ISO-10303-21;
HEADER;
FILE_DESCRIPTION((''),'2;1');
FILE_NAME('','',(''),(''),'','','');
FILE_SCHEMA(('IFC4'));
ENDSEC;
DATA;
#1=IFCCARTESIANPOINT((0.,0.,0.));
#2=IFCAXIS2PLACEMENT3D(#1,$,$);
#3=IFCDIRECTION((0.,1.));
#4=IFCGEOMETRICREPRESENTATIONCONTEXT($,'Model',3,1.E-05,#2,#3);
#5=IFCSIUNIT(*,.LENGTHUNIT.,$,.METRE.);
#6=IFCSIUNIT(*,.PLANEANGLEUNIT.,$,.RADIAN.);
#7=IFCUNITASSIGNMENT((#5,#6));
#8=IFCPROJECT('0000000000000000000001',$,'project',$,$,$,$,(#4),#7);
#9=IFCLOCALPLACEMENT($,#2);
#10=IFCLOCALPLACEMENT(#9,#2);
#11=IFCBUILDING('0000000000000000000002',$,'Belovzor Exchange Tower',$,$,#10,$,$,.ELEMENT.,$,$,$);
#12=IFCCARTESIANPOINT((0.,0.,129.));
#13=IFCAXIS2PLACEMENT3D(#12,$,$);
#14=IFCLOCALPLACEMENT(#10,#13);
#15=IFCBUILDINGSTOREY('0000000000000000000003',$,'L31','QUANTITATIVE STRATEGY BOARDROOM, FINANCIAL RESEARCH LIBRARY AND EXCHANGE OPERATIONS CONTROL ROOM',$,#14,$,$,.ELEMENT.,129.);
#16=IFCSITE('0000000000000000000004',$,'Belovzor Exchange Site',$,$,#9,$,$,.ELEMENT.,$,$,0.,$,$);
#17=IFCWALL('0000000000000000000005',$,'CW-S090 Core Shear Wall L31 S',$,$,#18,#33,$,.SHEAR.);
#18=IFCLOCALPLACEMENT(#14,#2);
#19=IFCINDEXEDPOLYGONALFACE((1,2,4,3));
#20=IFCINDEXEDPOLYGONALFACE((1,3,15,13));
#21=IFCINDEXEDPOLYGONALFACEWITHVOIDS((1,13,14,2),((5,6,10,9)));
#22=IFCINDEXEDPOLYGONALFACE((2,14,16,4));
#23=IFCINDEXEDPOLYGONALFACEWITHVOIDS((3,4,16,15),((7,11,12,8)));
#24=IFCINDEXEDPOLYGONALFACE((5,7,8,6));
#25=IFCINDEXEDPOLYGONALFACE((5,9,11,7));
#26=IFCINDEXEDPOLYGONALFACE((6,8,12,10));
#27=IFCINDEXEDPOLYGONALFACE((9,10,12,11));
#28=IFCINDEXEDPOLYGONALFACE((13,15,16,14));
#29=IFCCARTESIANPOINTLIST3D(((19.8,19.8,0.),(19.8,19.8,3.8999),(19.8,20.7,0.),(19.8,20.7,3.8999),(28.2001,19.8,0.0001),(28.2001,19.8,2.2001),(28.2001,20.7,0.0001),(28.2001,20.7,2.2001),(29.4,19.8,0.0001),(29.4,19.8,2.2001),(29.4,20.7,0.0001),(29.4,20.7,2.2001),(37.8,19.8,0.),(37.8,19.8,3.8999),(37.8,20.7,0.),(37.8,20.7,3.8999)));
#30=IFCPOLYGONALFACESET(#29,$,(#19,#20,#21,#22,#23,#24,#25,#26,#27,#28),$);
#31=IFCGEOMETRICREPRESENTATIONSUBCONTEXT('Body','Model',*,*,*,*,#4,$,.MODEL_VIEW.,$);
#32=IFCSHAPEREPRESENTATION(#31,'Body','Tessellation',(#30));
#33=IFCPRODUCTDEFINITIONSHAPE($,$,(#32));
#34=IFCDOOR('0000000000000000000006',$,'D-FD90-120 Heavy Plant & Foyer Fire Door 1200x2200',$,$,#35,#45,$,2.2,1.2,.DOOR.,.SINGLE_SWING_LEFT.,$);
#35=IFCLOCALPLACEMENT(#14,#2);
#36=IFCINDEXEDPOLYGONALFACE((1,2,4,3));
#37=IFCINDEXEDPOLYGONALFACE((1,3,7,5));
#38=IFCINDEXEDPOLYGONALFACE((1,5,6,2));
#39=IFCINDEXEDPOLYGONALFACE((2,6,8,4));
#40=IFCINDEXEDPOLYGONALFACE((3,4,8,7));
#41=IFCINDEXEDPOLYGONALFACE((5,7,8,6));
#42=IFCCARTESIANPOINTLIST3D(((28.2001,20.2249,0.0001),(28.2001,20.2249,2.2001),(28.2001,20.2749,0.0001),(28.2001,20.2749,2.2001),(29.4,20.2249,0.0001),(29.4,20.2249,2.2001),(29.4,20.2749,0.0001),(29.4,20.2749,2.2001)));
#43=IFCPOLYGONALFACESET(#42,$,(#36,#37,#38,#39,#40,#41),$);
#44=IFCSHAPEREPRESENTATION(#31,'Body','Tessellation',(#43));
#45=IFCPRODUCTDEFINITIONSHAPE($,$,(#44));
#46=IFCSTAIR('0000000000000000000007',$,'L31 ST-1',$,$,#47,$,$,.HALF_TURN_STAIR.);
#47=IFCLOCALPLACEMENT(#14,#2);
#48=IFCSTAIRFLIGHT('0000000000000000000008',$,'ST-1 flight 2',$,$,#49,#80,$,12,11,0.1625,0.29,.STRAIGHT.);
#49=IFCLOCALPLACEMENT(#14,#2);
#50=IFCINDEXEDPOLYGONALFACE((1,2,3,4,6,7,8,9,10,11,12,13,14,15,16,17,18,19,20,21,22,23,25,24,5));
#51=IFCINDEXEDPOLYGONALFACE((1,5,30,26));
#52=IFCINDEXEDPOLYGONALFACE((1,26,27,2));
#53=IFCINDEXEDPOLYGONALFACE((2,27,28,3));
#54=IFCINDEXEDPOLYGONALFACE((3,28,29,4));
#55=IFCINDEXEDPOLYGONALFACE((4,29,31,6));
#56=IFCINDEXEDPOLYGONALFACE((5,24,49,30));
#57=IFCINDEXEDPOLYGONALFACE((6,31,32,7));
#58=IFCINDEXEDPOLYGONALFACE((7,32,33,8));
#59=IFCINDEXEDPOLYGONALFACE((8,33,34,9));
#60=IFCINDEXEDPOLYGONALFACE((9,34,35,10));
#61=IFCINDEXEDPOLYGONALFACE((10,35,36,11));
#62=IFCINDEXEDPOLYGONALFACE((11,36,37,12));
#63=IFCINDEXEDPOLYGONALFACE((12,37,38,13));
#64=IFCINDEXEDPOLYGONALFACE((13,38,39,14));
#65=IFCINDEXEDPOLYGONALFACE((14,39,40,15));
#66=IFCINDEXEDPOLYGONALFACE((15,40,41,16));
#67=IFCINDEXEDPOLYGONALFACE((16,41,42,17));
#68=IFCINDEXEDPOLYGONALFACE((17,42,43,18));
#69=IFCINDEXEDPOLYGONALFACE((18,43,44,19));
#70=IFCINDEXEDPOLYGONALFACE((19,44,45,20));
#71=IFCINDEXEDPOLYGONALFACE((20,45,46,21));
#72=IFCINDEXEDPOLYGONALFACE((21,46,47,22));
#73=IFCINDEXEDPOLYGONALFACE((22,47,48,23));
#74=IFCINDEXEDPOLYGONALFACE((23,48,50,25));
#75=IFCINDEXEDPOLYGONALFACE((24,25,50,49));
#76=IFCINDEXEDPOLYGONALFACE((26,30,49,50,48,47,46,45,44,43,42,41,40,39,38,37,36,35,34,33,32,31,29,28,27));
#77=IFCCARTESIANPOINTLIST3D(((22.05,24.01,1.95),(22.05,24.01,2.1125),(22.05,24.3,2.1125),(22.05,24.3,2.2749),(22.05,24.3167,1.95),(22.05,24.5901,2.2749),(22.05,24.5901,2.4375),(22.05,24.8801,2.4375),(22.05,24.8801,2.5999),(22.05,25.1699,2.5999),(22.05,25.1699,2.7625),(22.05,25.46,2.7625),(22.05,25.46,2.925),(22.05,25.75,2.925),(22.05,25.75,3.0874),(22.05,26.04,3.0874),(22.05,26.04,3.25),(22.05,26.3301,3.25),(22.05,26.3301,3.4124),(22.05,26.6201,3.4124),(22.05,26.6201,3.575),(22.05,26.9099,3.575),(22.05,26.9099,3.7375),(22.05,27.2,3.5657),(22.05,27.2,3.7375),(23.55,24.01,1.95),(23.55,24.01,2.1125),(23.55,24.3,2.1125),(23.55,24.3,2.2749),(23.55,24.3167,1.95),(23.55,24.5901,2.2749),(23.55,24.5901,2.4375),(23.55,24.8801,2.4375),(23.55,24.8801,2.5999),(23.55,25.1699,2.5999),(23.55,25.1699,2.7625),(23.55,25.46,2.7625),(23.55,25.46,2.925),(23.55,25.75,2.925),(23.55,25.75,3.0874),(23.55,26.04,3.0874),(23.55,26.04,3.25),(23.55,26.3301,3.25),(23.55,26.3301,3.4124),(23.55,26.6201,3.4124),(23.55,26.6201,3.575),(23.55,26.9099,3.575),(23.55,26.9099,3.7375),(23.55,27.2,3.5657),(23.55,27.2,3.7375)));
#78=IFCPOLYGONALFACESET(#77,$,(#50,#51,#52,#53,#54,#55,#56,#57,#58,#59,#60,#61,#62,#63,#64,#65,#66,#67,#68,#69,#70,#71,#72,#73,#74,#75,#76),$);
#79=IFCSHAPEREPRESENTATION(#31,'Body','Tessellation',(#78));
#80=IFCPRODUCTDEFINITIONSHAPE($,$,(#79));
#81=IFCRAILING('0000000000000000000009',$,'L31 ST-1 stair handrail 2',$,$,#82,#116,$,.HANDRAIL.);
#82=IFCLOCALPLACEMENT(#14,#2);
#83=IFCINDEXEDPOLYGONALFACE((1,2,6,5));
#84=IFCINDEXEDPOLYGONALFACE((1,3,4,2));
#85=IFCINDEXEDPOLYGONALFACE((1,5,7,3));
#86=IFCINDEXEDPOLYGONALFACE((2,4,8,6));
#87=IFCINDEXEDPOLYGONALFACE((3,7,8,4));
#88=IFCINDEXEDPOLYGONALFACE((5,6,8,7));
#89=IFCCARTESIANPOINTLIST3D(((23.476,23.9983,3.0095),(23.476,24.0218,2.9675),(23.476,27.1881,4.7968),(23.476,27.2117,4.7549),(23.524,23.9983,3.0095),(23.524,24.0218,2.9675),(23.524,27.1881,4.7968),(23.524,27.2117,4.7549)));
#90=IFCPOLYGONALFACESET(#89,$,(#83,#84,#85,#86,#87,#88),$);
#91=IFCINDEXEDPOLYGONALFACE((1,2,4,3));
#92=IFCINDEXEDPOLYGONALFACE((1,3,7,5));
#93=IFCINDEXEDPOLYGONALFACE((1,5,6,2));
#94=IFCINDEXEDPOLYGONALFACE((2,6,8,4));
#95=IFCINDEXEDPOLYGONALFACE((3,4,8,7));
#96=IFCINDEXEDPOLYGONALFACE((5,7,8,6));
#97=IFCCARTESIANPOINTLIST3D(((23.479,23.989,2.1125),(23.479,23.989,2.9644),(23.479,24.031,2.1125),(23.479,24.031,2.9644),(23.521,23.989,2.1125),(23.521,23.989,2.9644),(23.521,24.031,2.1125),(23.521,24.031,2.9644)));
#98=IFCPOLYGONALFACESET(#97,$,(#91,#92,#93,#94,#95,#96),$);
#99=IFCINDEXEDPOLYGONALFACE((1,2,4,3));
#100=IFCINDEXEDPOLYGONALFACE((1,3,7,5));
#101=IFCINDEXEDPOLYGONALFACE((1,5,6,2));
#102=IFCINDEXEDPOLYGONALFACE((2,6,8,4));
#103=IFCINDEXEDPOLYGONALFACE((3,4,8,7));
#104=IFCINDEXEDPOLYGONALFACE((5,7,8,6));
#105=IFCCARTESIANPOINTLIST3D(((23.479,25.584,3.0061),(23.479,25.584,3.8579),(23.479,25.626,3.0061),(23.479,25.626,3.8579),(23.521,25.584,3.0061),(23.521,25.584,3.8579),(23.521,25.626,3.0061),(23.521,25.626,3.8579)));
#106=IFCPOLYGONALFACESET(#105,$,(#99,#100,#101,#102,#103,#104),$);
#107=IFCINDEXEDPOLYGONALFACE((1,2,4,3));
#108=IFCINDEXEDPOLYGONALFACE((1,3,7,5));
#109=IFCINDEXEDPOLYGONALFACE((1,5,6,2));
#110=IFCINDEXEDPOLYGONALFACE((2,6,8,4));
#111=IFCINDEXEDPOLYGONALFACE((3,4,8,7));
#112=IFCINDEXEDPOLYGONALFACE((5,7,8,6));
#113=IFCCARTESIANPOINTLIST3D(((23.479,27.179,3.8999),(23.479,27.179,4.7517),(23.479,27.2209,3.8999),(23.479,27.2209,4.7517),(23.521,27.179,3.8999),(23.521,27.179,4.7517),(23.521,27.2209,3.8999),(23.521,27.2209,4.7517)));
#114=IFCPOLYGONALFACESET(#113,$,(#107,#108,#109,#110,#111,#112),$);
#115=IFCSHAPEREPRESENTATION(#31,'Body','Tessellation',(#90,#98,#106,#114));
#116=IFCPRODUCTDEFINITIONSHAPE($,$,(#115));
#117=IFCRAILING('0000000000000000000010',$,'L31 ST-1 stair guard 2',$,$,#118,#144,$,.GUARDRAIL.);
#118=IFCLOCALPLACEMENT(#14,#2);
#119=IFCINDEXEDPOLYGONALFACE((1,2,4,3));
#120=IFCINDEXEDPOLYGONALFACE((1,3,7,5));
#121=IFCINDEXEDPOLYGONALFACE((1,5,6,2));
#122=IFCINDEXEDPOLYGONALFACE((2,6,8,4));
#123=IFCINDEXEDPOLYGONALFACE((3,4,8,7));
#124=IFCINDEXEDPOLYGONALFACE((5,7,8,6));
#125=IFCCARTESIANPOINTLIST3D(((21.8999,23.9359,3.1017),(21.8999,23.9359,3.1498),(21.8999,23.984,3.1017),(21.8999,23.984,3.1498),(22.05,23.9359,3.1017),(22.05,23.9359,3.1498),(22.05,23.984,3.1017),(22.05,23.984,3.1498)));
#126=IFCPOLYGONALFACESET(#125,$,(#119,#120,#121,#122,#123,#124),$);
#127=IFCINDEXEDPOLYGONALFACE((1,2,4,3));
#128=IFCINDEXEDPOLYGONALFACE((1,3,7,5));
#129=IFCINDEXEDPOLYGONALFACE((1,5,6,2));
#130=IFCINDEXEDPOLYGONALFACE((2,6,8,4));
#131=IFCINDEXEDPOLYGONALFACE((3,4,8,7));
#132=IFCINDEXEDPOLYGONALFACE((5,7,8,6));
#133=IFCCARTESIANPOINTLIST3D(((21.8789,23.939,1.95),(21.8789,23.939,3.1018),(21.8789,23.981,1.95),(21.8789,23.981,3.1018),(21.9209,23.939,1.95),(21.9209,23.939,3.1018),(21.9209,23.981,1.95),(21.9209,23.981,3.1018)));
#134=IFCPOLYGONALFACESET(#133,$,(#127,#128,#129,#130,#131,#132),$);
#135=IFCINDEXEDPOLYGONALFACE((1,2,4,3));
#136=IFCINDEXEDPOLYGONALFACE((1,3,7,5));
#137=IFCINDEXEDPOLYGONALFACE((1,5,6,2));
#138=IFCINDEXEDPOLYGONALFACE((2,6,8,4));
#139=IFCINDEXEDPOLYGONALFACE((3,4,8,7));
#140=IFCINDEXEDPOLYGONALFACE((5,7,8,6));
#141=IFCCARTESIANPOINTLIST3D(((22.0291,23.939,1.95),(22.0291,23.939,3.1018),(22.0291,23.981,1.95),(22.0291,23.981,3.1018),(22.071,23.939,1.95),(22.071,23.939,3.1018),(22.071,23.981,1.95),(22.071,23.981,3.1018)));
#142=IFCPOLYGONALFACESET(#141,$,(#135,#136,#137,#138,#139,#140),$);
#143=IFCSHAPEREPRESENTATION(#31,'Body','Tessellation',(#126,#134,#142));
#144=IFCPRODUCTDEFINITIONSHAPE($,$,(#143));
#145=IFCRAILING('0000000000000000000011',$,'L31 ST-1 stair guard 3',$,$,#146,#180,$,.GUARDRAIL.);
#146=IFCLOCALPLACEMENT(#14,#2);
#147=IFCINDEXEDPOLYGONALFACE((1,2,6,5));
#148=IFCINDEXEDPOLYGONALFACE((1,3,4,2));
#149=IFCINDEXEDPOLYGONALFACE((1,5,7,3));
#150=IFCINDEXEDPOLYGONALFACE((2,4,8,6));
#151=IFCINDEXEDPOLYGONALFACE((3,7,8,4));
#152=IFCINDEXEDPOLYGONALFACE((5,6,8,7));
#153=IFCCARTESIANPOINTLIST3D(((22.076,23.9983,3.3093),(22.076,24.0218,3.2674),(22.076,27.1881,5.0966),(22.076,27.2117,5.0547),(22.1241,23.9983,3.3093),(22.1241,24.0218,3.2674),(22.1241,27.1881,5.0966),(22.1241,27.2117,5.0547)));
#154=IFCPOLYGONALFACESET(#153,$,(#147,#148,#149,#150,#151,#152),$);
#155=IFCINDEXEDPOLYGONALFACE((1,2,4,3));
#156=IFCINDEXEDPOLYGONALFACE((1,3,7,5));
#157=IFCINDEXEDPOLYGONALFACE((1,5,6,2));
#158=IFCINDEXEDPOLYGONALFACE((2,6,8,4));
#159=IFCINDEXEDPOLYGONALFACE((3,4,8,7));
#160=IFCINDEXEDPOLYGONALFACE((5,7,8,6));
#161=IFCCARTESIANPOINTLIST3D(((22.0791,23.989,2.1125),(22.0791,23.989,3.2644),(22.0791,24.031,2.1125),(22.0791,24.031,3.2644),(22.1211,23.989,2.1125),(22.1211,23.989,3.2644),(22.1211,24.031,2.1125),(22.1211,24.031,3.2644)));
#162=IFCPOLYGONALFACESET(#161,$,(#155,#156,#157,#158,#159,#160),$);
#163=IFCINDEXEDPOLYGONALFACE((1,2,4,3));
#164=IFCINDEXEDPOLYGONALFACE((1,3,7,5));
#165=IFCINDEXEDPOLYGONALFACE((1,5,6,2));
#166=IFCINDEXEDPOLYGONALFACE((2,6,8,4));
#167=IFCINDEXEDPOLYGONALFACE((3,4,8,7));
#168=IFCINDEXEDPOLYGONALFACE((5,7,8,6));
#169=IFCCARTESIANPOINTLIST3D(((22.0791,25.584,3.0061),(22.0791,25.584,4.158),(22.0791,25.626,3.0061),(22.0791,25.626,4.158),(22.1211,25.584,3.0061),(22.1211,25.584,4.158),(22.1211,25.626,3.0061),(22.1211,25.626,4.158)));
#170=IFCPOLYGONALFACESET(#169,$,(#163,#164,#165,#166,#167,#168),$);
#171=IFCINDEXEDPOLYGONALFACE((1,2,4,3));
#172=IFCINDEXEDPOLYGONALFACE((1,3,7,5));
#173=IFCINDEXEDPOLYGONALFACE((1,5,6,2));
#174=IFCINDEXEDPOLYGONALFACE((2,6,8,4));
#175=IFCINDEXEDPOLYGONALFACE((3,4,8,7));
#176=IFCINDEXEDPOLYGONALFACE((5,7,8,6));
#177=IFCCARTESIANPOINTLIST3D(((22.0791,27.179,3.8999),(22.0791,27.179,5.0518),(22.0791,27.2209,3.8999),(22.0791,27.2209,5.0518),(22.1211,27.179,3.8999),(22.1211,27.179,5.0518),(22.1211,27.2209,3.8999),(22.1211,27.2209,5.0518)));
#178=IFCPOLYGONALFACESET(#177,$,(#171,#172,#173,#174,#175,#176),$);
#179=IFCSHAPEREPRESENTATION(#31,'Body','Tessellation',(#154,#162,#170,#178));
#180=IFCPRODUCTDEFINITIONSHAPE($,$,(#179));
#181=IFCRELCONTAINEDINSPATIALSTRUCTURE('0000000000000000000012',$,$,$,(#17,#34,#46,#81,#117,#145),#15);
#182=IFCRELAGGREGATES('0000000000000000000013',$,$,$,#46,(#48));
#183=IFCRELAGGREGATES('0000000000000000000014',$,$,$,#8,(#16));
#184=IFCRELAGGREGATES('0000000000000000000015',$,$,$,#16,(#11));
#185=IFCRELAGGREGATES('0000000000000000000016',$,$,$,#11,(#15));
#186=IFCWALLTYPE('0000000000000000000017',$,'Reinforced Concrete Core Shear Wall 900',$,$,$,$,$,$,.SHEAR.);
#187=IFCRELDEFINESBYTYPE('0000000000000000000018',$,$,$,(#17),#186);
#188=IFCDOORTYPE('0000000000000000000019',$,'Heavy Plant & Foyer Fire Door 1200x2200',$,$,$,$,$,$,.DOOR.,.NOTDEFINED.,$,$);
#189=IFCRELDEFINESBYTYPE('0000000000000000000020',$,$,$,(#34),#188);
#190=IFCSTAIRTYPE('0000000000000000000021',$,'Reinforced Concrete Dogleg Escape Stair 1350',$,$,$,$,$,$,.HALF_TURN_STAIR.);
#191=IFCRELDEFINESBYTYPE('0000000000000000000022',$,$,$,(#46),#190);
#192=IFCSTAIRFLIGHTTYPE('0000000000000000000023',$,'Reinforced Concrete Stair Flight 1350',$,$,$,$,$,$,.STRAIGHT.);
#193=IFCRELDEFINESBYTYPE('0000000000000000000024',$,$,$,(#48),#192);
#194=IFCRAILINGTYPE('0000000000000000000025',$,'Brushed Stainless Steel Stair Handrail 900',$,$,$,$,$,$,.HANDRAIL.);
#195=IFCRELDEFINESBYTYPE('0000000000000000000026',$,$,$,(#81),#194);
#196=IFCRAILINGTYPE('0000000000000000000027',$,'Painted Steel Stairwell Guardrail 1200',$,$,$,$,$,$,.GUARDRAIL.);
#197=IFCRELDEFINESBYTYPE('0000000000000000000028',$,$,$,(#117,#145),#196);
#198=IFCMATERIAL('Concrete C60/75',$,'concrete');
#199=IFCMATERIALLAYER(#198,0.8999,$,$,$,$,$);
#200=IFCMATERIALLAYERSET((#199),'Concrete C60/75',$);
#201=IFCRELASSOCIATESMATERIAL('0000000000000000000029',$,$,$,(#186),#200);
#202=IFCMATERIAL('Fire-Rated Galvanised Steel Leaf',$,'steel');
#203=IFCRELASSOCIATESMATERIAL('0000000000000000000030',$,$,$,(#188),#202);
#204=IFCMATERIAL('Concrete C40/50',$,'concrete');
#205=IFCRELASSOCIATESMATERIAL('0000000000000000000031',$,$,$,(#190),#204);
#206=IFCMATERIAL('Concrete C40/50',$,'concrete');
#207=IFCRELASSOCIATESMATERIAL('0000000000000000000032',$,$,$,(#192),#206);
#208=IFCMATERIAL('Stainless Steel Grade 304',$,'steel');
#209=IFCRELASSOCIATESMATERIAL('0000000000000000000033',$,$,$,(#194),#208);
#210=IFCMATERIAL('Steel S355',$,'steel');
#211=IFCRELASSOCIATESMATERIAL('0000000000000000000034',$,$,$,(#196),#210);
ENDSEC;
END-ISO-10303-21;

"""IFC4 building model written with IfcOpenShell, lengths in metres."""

from ifc_helpers import new_model, si_unit, direction, frame, frame_2d, origin, origin_2d, place, context, subcontext, project, spatial, polyline, rectangle, outline, extrude, material, layer, layer_set, type_object, element, fill, aggregate, save


model = new_model("IFC4")

# Units and contexts
model_context = context("Model", 3, precision=1e-05, world=origin(), true_north=direction((0.0, 1.0)))
body_context = subcontext(model_context, "Body", "Model", "MODEL_VIEW")
ifc_project = project(units=[si_unit("LENGTHUNIT", "METRE"), si_unit("PLANEANGLEUNIT", "RADIAN")], contexts=[model_context])

# Site, building, storey
site_placement = place(None, origin())
site = spatial("IfcSite", under=ifc_project, at=site_placement, Name="Belovzor Exchange Site", CompositionType="ELEMENT", RefElevation=0.0)
building_placement = place(site_placement, origin())
building = spatial("IfcBuilding", under=site, at=building_placement, Name="Belovzor Exchange Tower", CompositionType="ELEMENT")
storey_placement = place(building_placement, frame((0.0, 0.0, 129.0)))
storey = spatial("IfcBuildingStorey", under=building, at=storey_placement, Name="L31", Description="QUANTITATIVE STRATEGY BOARDROOM, FINANCIAL RESEARCH LIBRARY AND EXCHANGE OPERATIONS CONTROL ROOM", CompositionType="ELEMENT", Elevation=129.0)

# Wall, opening, door
ifc_material_1 = material(Name="Concrete C60/75", Category="concrete")
ifc_layer_1 = layer(ifc_material_1, 0.8999)
ifc_layer_set_1 = layer_set([ifc_layer_1], Name="Concrete C60/75")
wall_type_1 = type_object("IfcWallType", Name="Reinforced Concrete Core Shear Wall 900", PredefinedType="SHEAR", material=ifc_layer_set_1)
wall_1_placement = place(storey_placement, frame((19.8, 20.25, 0.0), z_axis=(0.0, 0.0, 1.0), x_axis=(1.0, 0.0, 0.0)))
wall_1 = element("IfcWall", 1, at=wall_1_placement, inside=storey, type_object=wall_type_1, Name="CW-S090 Core Shear Wall L31 S", PredefinedType="SHEAR", context=body_context, shape_type="SweptSolid", body=[
    extrude(rectangle(XDim=18.0, YDim=0.8999, at=frame_2d((9.0, 0.0))), origin(), (0.0, 0.0, 1.0), 3.8999),
])
opening_1_placement = place(wall_1_placement, frame((8.3999, 0.0, 0.0)))
opening_1 = element("IfcOpeningElement", 2, at=opening_1_placement, cuts=wall_1, PredefinedType="OPENING", context=body_context, shape_type="SweptSolid", body=[
    extrude(rectangle(XDim=1.2, YDim=2.2, at=frame_2d((0.6001, 1.1001))), frame((0.0, 0.46, 0.0), z_axis=(0.0, -1.0, 0.0), x_axis=(1.0, 0.0, 0.0)), (0.0, 0.0, 1.0), 0.9199),
])
ifc_material_2 = material(Name="Fire-Rated Galvanised Steel Leaf", Category="steel")
door_type_1 = type_object("IfcDoorType", Name="Heavy Plant & Foyer Fire Door 1200x2200", OperationType="NOTDEFINED", PredefinedType="DOOR", material=ifc_material_2)
door_1_placement = place(opening_1_placement, origin())
door_1 = element("IfcDoor", 3, at=door_1_placement, inside=storey, type_object=door_type_1, Name="D-FD90-120 Heavy Plant & Foyer Fire Door 1200x2200", OperationType="SINGLE_SWING_LEFT", OverallHeight=2.2, OverallWidth=1.2, PredefinedType="DOOR", context=body_context, shape_type="SweptSolid", body=[
    extrude(rectangle(XDim=1.2, YDim=2.2, at=frame_2d((0.6001, 1.1001))), frame((0.0, 0.0249, 0.0), z_axis=(0.0, -1.0, 0.0), x_axis=(1.0, 0.0, 0.0)), (0.0, 0.0, 1.0), 0.05),
])
fill(opening_1, door_1)

# Stair, stair flight
ifc_material_3 = material(Name="Concrete C40/50", Category="concrete")
stair_type = type_object("IfcStairType", Name="Reinforced Concrete Dogleg Escape Stair 1350", PredefinedType="HALF_TURN_STAIR", material=ifc_material_3)
stair_placement = place(storey_placement, origin())
stair = element("IfcStair", 4, at=stair_placement, inside=storey, type_object=stair_type, Name="L31 ST-1", PredefinedType="HALF_TURN_STAIR")
ifc_material_4 = material(Name="Concrete C40/50", Category="concrete")
stair_flight_type = type_object("IfcStairFlightType", Name="Reinforced Concrete Stair Flight 1350", PredefinedType="STRAIGHT", material=ifc_material_4)
stair_flight_placement = place(storey_placement, frame((22.8, 24.01, 1.95), z_axis=(0.0, 0.0, 1.0), x_axis=(0.0, 1.0, 0.0)))
stair_flight = element("IfcStairFlight", 5, at=stair_flight_placement, type_object=stair_flight_type, Name="ST-1 flight 2", NumberOfRisers=12, NumberOfTreads=11, PredefinedType="STRAIGHT", RiserHeight=0.1625, TreadLength=0.29, context=body_context, shape_type="SweptSolid", body=[
    extrude(outline(polyline([(0.0, 0.0), (0.0, 0.1626), (0.29, 0.1626), (0.29, 0.325), (0.5801, 0.325), (0.5801, 0.4875), (0.8701, 0.4875), (0.8701, 0.6499), (1.1599, 0.6499), (1.1599, 0.8125), (1.45, 0.8125), (1.45, 0.9751), (1.74, 0.9751), (1.74, 1.1375), (2.03, 1.1375), (2.03, 1.3), (2.3201, 1.3), (2.3201, 1.4624), (2.6101, 1.4624), (2.6101, 1.625), (2.8999, 1.625), (2.8999, 1.7876), (3.1899, 1.7876), (3.1899, 1.95), (3.1899, 1.6157), (0.3066, 0.0), (0.0, 0.0)])), frame((0.0, 0.75, 0.0), z_axis=(0.0, -1.0, 0.0), x_axis=(1.0, 0.0, 0.0)), (0.0, 0.0, 1.0), 1.5),
])
aggregate(stair, [stair_flight])

# Railings
ifc_material_5 = material(Name="Stainless Steel Grade 304", Category="steel")
railing_type_1 = type_object("IfcRailingType", Name="Brushed Stainless Steel Stair Handrail 900", PredefinedType="HANDRAIL", material=ifc_material_5)
railing_1_placement = place(storey_placement, frame((23.5, 24.01, 2.1125)))
element("IfcRailing", 6, at=railing_1_placement, inside=storey, type_object=railing_type_1, Name="L31 ST-1 stair handrail 2", PredefinedType="HANDRAIL", context=body_context, shape_type="SweptSolid", body=[
    extrude(rectangle(XDim=0.0481, YDim=0.0481, at=origin_2d()), frame((0.0, 0.0, 0.876), z_axis=(0.0, 0.872391, 0.488809), x_axis=(-1.0, 0.0, 0.0)), (0.0, 0.0, 1.0), 3.6565),
    extrude(rectangle(XDim=0.042, YDim=0.042, at=origin_2d()), origin(), (0.0, 0.0, 1.0), 0.8518),
    extrude(rectangle(XDim=0.042, YDim=0.042, at=origin_2d()), frame((0.0, 1.595, 0.8936)), (0.0, 0.0, 1.0), 0.8518),
    extrude(rectangle(XDim=0.042, YDim=0.042, at=origin_2d()), frame((0.0, 3.1899, 1.7874)), (0.0, 0.0, 1.0), 0.8518),
])
ifc_material_6 = material(Name="Steel S355", Category="steel")
railing_type_2 = type_object("IfcRailingType", Name="Painted Steel Stairwell Guardrail 1200", PredefinedType="GUARDRAIL", material=ifc_material_6)
railing_2_placement = place(storey_placement, frame((21.8999, 23.96, 1.95)))
element("IfcRailing", 7, at=railing_2_placement, inside=storey, type_object=railing_type_2, Name="L31 ST-1 stair guard 2", PredefinedType="GUARDRAIL", context=body_context, shape_type="SweptSolid", body=[
    extrude(rectangle(XDim=0.0481, YDim=0.0481, at=origin_2d()), frame((0.0, 0.0, 1.1758), z_axis=(1.0, 0.0, 0.0), x_axis=(0.0, 1.0, 0.0)), (0.0, 0.0, 1.0), 0.1501),
    extrude(rectangle(XDim=0.042, YDim=0.042, at=origin_2d()), origin(), (0.0, 0.0, 1.0), 1.1519),
    extrude(rectangle(XDim=0.042, YDim=0.042, at=origin_2d()), frame((0.1501, 0.0, 0.0)), (0.0, 0.0, 1.0), 1.1519),
])
railing_3_placement = place(storey_placement, frame((22.1001, 24.01, 2.1125)))
element("IfcRailing", 8, at=railing_3_placement, inside=storey, type_object=railing_type_2, Name="L31 ST-1 stair guard 3", PredefinedType="GUARDRAIL", context=body_context, shape_type="SweptSolid", body=[
    extrude(rectangle(XDim=0.0481, YDim=0.0481, at=origin_2d()), frame((0.0, 0.0, 1.1758), z_axis=(0.0, 0.872391, 0.488809), x_axis=(-1.0, 0.0, 0.0)), (0.0, 0.0, 1.0), 3.6565),
    extrude(rectangle(XDim=0.042, YDim=0.042, at=origin_2d()), origin(), (0.0, 0.0, 1.0), 1.1519),
    extrude(rectangle(XDim=0.042, YDim=0.042, at=origin_2d()), frame((0.0, 1.595, 0.8936)), (0.0, 0.0, 1.0), 1.1519),
    extrude(rectangle(XDim=0.042, YDim=0.042, at=origin_2d()), frame((0.0, 3.1899, 1.7874)), (0.0, 0.0, 1.0), 1.1519),
])

save(model, "model.ifc")
